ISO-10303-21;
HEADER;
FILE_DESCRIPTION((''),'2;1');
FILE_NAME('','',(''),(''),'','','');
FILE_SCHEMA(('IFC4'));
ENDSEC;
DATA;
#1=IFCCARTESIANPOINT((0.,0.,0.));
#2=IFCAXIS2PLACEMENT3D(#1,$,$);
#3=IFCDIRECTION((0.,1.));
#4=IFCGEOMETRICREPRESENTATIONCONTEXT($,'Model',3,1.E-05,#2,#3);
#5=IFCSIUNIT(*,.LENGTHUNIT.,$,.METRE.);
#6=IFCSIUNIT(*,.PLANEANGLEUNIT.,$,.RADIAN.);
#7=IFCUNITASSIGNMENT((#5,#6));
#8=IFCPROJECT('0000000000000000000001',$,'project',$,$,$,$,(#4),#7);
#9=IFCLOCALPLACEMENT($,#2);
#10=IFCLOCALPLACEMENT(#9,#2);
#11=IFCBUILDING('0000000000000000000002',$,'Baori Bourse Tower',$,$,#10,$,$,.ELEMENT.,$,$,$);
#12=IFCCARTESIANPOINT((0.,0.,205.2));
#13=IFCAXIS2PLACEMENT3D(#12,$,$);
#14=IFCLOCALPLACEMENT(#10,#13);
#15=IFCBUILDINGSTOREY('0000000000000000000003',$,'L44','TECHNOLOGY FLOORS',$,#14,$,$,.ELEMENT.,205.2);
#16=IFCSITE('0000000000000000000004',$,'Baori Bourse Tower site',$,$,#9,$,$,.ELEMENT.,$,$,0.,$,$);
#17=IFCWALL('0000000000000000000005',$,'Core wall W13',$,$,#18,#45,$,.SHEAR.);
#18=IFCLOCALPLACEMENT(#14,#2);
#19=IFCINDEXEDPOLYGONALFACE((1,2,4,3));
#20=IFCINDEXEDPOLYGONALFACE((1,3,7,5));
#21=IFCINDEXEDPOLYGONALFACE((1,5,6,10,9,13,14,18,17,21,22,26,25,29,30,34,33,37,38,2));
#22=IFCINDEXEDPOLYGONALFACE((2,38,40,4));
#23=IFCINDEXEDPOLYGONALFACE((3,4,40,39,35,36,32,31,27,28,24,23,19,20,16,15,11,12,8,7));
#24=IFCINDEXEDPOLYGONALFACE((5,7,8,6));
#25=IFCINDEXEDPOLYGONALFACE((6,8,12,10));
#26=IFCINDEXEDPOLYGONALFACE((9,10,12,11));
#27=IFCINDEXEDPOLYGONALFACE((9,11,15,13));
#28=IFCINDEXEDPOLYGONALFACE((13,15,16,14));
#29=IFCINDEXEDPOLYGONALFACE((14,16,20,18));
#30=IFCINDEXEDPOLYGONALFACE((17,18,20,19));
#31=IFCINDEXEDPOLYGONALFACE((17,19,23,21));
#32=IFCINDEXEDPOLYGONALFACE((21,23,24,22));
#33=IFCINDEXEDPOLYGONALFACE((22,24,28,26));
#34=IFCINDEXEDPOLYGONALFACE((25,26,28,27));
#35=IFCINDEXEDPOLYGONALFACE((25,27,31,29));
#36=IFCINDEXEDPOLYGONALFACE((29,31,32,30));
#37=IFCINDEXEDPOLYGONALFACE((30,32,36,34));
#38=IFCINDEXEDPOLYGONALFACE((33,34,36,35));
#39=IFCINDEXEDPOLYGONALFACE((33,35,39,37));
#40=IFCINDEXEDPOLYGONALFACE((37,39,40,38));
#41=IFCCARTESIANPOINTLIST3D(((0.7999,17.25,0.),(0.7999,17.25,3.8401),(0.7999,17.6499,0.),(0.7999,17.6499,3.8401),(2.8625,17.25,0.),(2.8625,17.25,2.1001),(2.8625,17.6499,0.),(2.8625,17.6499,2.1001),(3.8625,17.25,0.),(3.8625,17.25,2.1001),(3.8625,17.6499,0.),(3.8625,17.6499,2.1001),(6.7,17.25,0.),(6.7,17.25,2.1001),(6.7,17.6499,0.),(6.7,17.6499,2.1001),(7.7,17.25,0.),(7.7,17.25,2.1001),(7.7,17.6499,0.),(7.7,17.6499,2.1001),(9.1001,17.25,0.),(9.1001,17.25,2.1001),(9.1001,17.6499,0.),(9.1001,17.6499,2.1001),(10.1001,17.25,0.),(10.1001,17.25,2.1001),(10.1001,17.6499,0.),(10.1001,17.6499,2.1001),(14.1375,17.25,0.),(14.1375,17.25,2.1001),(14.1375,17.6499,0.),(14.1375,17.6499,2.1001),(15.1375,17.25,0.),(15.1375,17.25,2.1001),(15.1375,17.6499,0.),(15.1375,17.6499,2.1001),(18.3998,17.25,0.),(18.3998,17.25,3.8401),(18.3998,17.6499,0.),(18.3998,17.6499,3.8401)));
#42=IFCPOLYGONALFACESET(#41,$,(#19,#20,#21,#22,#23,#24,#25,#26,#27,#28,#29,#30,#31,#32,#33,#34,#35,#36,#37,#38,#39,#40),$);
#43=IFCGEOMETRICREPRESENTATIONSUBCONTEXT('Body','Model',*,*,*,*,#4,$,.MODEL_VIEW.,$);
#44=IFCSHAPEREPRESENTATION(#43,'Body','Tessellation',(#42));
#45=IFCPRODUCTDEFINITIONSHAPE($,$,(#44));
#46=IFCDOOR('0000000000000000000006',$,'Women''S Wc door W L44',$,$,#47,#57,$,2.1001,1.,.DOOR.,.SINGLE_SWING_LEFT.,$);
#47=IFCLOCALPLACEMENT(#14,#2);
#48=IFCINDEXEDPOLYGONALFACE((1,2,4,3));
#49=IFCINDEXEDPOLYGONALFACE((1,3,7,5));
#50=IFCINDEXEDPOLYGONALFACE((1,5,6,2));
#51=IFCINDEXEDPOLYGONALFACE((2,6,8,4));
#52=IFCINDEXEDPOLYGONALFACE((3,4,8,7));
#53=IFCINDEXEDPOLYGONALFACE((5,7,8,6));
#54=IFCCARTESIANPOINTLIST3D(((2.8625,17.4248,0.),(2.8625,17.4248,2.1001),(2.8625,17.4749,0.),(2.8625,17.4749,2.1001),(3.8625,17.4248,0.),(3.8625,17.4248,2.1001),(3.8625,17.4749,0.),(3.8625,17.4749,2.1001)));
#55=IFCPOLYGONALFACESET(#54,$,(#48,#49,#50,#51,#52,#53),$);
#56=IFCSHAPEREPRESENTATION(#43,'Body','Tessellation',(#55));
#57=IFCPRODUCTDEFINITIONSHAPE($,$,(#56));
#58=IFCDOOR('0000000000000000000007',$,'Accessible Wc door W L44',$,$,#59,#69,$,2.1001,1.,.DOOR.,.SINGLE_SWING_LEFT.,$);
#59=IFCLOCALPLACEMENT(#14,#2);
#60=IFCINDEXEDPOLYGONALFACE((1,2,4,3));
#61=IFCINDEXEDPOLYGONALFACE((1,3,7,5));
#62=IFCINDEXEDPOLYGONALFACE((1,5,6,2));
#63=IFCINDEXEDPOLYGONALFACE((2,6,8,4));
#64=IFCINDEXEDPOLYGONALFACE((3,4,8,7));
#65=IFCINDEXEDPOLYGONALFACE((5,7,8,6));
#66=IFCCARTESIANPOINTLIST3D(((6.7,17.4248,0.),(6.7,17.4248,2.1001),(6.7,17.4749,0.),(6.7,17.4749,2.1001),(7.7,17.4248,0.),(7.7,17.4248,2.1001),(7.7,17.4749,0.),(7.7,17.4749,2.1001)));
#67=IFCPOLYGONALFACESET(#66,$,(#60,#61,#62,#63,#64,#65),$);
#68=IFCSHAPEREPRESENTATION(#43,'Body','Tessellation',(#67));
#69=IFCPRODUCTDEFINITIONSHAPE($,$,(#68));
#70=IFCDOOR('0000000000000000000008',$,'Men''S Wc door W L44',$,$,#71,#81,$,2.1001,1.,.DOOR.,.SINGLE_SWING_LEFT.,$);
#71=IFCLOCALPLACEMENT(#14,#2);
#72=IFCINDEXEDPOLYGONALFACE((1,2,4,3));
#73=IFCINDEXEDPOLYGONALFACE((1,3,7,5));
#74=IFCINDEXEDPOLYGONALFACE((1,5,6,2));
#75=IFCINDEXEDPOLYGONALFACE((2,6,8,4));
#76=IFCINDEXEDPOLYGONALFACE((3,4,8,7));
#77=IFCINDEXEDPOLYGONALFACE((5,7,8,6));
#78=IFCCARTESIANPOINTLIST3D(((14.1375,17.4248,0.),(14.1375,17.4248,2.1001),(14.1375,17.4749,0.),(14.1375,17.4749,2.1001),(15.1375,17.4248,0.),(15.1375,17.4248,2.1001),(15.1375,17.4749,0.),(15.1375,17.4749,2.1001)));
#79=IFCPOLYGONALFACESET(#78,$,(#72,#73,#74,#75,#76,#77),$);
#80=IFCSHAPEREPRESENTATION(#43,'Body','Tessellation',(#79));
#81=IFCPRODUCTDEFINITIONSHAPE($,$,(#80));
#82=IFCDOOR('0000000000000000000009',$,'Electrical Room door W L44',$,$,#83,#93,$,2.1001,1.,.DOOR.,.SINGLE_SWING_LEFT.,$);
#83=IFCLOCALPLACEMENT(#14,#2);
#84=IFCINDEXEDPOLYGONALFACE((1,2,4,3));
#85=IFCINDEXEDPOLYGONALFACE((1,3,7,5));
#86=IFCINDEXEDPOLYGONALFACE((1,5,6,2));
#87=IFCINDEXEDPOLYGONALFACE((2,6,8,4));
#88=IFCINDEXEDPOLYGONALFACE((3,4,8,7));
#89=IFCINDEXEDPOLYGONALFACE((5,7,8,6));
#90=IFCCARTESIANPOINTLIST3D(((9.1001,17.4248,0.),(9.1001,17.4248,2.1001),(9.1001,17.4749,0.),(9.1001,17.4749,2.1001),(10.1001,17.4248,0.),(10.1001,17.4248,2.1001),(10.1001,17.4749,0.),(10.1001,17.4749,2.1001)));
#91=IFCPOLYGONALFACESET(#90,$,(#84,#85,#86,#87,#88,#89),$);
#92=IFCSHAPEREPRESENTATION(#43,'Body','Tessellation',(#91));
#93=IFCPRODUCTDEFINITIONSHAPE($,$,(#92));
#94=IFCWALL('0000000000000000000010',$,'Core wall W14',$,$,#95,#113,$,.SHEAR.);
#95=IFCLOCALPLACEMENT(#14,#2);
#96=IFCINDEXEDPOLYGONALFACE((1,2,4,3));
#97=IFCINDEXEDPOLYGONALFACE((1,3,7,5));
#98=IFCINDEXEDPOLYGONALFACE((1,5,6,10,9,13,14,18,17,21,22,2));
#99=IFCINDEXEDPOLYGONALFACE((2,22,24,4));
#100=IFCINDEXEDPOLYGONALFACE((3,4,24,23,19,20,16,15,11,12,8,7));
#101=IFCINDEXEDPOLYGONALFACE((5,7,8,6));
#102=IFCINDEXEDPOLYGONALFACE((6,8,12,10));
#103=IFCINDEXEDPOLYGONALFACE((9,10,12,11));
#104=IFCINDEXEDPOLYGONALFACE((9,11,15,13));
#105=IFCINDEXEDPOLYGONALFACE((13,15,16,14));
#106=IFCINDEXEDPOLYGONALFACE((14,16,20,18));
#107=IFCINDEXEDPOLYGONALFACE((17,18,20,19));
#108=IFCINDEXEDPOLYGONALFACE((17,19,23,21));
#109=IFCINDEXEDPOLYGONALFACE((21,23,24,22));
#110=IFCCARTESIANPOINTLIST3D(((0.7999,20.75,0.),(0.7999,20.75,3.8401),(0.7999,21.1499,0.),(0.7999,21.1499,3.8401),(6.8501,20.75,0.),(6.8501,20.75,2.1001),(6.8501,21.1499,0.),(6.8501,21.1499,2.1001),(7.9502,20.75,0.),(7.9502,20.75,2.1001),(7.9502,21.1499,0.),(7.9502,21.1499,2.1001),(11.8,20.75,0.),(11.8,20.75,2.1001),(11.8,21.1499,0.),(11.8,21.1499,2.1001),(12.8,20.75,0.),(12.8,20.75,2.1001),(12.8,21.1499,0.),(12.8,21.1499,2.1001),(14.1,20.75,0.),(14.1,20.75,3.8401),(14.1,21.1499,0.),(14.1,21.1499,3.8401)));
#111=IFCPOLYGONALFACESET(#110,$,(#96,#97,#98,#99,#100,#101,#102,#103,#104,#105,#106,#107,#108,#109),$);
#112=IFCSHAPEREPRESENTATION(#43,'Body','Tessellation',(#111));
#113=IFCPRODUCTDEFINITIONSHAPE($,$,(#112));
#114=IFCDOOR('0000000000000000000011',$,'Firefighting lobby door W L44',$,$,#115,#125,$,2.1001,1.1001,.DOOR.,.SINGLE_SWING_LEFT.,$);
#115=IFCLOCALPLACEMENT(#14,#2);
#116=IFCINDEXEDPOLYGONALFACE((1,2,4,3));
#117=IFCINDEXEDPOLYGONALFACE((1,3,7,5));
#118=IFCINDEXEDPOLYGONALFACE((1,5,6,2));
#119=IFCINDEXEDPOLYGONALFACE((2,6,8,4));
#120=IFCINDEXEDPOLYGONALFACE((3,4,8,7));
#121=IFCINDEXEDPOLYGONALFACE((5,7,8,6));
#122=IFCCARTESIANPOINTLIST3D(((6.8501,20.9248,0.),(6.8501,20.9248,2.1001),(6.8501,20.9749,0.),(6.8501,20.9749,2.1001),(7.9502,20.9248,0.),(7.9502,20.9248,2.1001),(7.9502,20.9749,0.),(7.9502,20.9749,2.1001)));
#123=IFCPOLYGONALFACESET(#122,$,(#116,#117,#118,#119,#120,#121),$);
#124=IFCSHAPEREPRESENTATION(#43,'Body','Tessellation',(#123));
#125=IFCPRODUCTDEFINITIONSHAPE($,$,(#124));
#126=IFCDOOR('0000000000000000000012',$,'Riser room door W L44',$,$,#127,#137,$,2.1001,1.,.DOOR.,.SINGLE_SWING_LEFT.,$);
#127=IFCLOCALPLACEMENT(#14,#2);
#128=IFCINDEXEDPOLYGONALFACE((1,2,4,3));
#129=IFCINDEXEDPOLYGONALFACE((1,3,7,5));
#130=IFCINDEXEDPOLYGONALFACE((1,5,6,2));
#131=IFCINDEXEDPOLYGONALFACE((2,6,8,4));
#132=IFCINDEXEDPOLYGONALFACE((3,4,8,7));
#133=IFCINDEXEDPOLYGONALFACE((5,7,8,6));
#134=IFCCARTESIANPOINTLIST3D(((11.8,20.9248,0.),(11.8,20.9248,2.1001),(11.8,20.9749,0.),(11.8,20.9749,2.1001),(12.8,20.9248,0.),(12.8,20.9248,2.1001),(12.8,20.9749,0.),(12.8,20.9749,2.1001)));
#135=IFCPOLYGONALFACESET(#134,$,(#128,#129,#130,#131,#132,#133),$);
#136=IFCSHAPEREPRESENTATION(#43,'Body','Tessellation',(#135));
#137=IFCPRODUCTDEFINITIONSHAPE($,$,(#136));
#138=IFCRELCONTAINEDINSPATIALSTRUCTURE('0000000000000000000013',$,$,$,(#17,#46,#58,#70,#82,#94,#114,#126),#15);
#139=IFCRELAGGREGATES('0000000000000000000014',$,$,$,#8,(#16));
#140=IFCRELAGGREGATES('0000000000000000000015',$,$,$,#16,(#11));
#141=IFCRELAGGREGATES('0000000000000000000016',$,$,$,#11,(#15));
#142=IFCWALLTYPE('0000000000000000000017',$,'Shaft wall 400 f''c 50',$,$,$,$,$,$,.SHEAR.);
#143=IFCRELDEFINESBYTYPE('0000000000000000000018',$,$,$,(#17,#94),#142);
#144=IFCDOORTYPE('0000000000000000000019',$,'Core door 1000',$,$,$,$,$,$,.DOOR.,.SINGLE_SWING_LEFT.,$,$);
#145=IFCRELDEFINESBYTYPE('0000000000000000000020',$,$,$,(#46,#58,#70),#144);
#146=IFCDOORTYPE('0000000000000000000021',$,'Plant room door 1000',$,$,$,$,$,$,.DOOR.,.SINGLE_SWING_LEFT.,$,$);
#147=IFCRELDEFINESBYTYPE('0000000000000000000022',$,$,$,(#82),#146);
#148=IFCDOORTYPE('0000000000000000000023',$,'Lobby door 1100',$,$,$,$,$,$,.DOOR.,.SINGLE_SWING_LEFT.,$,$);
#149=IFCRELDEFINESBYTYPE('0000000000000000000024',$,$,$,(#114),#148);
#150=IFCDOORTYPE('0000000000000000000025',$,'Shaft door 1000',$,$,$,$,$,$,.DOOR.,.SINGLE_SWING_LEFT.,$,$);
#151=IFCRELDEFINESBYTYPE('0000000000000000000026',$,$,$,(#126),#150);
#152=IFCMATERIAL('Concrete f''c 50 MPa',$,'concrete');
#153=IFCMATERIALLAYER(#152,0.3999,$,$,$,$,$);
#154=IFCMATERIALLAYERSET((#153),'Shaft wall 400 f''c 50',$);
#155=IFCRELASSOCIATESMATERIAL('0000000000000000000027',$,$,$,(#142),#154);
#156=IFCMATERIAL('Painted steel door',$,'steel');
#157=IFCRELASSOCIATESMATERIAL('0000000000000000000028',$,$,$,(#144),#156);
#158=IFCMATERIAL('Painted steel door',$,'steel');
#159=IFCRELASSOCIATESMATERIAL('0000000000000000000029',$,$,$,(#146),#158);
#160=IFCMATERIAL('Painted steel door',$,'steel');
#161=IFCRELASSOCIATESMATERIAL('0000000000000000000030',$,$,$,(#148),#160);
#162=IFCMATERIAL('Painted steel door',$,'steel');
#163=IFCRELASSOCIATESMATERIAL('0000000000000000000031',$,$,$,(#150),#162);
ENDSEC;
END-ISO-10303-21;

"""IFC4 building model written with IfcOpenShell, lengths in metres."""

from ifc_helpers import new_model, si_unit, direction, frame, frame_2d, origin, place, context, subcontext, project, spatial, rectangle, extrude, material, layer, layer_set, type_object, element, fill, save


model = new_model("IFC4")

# Units and contexts
model_context = context("Model", 3, precision=1e-05, world=origin(), true_north=direction((0.0, 1.0)))
body_context = subcontext(model_context, "Body", "Model", "MODEL_VIEW")
ifc_project = project(units=[si_unit("LENGTHUNIT", "METRE"), si_unit("PLANEANGLEUNIT", "RADIAN")], contexts=[model_context])

# Site, building, storey
site_placement = place(None, origin())
site = spatial("IfcSite", under=ifc_project, at=site_placement, Name="Baori Bourse Tower site", CompositionType="ELEMENT", RefElevation=0.0)
building_placement = place(site_placement, origin())
building = spatial("IfcBuilding", under=site, at=building_placement, Name="Baori Bourse Tower", CompositionType="ELEMENT")
storey_placement = place(building_placement, frame((0.0, 0.0, 205.2)))
storey = spatial("IfcBuildingStorey", under=building, at=storey_placement, Name="L44", Description="TECHNOLOGY FLOORS", CompositionType="ELEMENT", Elevation=205.2)

# Shared definitions
ifc_material_1 = material(Name="Concrete f'c 50 MPa", Category="concrete")
ifc_layer_1 = layer(ifc_material_1, 0.3999)
ifc_layer_set_1 = layer_set([ifc_layer_1], Name="Shaft wall 400 f'c 50")
wall_type_1 = type_object("IfcWallType", Name="Shaft wall 400 f'c 50", PredefinedType="SHEAR", material=ifc_layer_set_1)

# Walls, openings, doors
wall_1_placement = place(storey_placement, frame((0.8, 17.45, 0.0), z_axis=(0.0, 0.0, 1.0), x_axis=(1.0, 0.0, 0.0)))
wall_1 = element("IfcWall", 1, at=wall_1_placement, inside=storey, type_object=wall_type_1, Name="Core wall W13", PredefinedType="SHEAR", context=body_context, shape_type="SweptSolid", body=[
    extrude(rectangle(XDim=17.5999, YDim=0.3999, at=frame_2d((8.7998, 0.0))), origin(), (0.0, 0.0, 1.0), 3.8401),
])
opening_1_placement = place(wall_1_placement, frame((2.0625, 0.0, 0.0)))
opening_1 = element("IfcOpeningElement", 2, at=opening_1_placement, cuts=wall_1, PredefinedType="OPENING", context=body_context, shape_type="SweptSolid", body=[
    extrude(rectangle(XDim=1.0, YDim=2.1001, at=frame_2d((0.5, 1.05))), frame((0.0, 0.21, 0.0), z_axis=(0.0, -1.0, 0.0), x_axis=(1.0, 0.0, 0.0)), (0.0, 0.0, 1.0), 0.4199),
])
opening_2_placement = place(wall_1_placement, frame((5.8999, 0.0, 0.0)))
opening_2 = element("IfcOpeningElement", 3, at=opening_2_placement, cuts=wall_1, PredefinedType="OPENING", context=body_context, shape_type="SweptSolid", body=[
    extrude(rectangle(XDim=1.0, YDim=2.1001, at=frame_2d((0.5, 1.05))), frame((0.0, 0.21, 0.0), z_axis=(0.0, -1.0, 0.0), x_axis=(1.0, 0.0, 0.0)), (0.0, 0.0, 1.0), 0.4199),
])
opening_3_placement = place(wall_1_placement, frame((8.3, 0.0, 0.0)))
opening_3 = element("IfcOpeningElement", 4, at=opening_3_placement, cuts=wall_1, PredefinedType="OPENING", context=body_context, shape_type="SweptSolid", body=[
    extrude(rectangle(XDim=1.0, YDim=2.1001, at=frame_2d((0.5, 1.05))), frame((0.0, 0.21, 0.0), z_axis=(0.0, -1.0, 0.0), x_axis=(1.0, 0.0, 0.0)), (0.0, 0.0, 1.0), 0.4199),
])
opening_4_placement = place(wall_1_placement, frame((13.3374, 0.0, 0.0)))
opening_4 = element("IfcOpeningElement", 5, at=opening_4_placement, cuts=wall_1, PredefinedType="OPENING", context=body_context, shape_type="SweptSolid", body=[
    extrude(rectangle(XDim=1.0, YDim=2.1001, at=frame_2d((0.5, 1.05))), frame((0.0, 0.21, 0.0), z_axis=(0.0, -1.0, 0.0), x_axis=(1.0, 0.0, 0.0)), (0.0, 0.0, 1.0), 0.4199),
])
ifc_material_2 = material(Name="Painted steel door", Category="steel")
door_type_1 = type_object("IfcDoorType", Name="Core door 1000", OperationType="SINGLE_SWING_LEFT", PredefinedType="DOOR", material=ifc_material_2)
door_1_placement = place(opening_1_placement, origin())
door_1 = element("IfcDoor", 6, at=door_1_placement, inside=storey, type_object=door_type_1, Name="Women'S Wc door W L44", OperationType="SINGLE_SWING_LEFT", OverallHeight=2.1001, OverallWidth=1.0, PredefinedType="DOOR", context=body_context, shape_type="SweptSolid", body=[
    extrude(rectangle(XDim=1.0, YDim=2.1001, at=frame_2d((0.5, 1.05))), frame((0.0, 0.0249, 0.0), z_axis=(0.0, -1.0, 0.0), x_axis=(1.0, 0.0, 0.0)), (0.0, 0.0, 1.0), 0.05),
])
fill(opening_1, door_1)
door_2_placement = place(opening_2_placement, origin())
door_2 = element("IfcDoor", 7, at=door_2_placement, inside=storey, type_object=door_type_1, Name="Accessible Wc door W L44", OperationType="SINGLE_SWING_LEFT", OverallHeight=2.1001, OverallWidth=1.0, PredefinedType="DOOR", context=body_context, shape_type="SweptSolid", body=[
    extrude(rectangle(XDim=1.0, YDim=2.1001, at=frame_2d((0.5, 1.05))), frame((0.0, 0.0249, 0.0), z_axis=(0.0, -1.0, 0.0), x_axis=(1.0, 0.0, 0.0)), (0.0, 0.0, 1.0), 0.05),
])
fill(opening_2, door_2)
door_3_placement = place(opening_4_placement, origin())
door_3 = element("IfcDoor", 8, at=door_3_placement, inside=storey, type_object=door_type_1, Name="Men'S Wc door W L44", OperationType="SINGLE_SWING_LEFT", OverallHeight=2.1001, OverallWidth=1.0, PredefinedType="DOOR", context=body_context, shape_type="SweptSolid", body=[
    extrude(rectangle(XDim=1.0, YDim=2.1001, at=frame_2d((0.5, 1.05))), frame((0.0, 0.0249, 0.0), z_axis=(0.0, -1.0, 0.0), x_axis=(1.0, 0.0, 0.0)), (0.0, 0.0, 1.0), 0.05),
])
fill(opening_4, door_3)
ifc_material_3 = material(Name="Painted steel door", Category="steel")
door_type_2 = type_object("IfcDoorType", Name="Plant room door 1000", OperationType="SINGLE_SWING_LEFT", PredefinedType="DOOR", material=ifc_material_3)
door_4_placement = place(opening_3_placement, origin())
door_4 = element("IfcDoor", 9, at=door_4_placement, inside=storey, type_object=door_type_2, Name="Electrical Room door W L44", OperationType="SINGLE_SWING_LEFT", OverallHeight=2.1001, OverallWidth=1.0, PredefinedType="DOOR", context=body_context, shape_type="SweptSolid", body=[
    extrude(rectangle(XDim=1.0, YDim=2.1001, at=frame_2d((0.5, 1.05))), frame((0.0, 0.0249, 0.0), z_axis=(0.0, -1.0, 0.0), x_axis=(1.0, 0.0, 0.0)), (0.0, 0.0, 1.0), 0.05),
])
fill(opening_3, door_4)
wall_2_placement = place(storey_placement, frame((0.8, 20.95, 0.0), z_axis=(0.0, 0.0, 1.0), x_axis=(1.0, 0.0, 0.0)))
wall_2 = element("IfcWall", 10, at=wall_2_placement, inside=storey, type_object=wall_type_1, Name="Core wall W14", PredefinedType="SHEAR", context=body_context, shape_type="SweptSolid", body=[
    extrude(rectangle(XDim=13.3, YDim=0.3999, at=frame_2d((6.6499, 0.0))), origin(), (0.0, 0.0, 1.0), 3.8401),
])
opening_5_placement = place(wall_2_placement, frame((6.05, 0.0, 0.0)))
opening_5 = element("IfcOpeningElement", 11, at=opening_5_placement, cuts=wall_2, PredefinedType="OPENING", context=body_context, shape_type="SweptSolid", body=[
    extrude(rectangle(XDim=1.1001, YDim=2.1001, at=frame_2d((0.55, 1.05))), frame((0.0, 0.21, 0.0), z_axis=(0.0, -1.0, 0.0), x_axis=(1.0, 0.0, 0.0)), (0.0, 0.0, 1.0), 0.4199),
])
opening_6_placement = place(wall_2_placement, frame((11.0, 0.0, 0.0)))
opening_6 = element("IfcOpeningElement", 12, at=opening_6_placement, cuts=wall_2, PredefinedType="OPENING", context=body_context, shape_type="SweptSolid", body=[
    extrude(rectangle(XDim=1.0, YDim=2.1001, at=frame_2d((0.5, 1.05))), frame((0.0, 0.21, 0.0), z_axis=(0.0, -1.0, 0.0), x_axis=(1.0, 0.0, 0.0)), (0.0, 0.0, 1.0), 0.4199),
])
ifc_material_4 = material(Name="Painted steel door", Category="steel")
door_type_3 = type_object("IfcDoorType", Name="Lobby door 1100", OperationType="SINGLE_SWING_LEFT", PredefinedType="DOOR", material=ifc_material_4)
door_5_placement = place(opening_5_placement, origin())
door_5 = element("IfcDoor", 13, at=door_5_placement, inside=storey, type_object=door_type_3, Name="Firefighting lobby door W L44", OperationType="SINGLE_SWING_LEFT", OverallHeight=2.1001, OverallWidth=1.1001, PredefinedType="DOOR", context=body_context, shape_type="SweptSolid", body=[
    extrude(rectangle(XDim=1.1001, YDim=2.1001, at=frame_2d((0.55, 1.05))), frame((0.0, 0.0249, 0.0), z_axis=(0.0, -1.0, 0.0), x_axis=(1.0, 0.0, 0.0)), (0.0, 0.0, 1.0), 0.05),
])
fill(opening_5, door_5)
ifc_material_5 = material(Name="Painted steel door", Category="steel")
door_type_4 = type_object("IfcDoorType", Name="Shaft door 1000", OperationType="SINGLE_SWING_LEFT", PredefinedType="DOOR", material=ifc_material_5)
door_6_placement = place(opening_6_placement, origin())
door_6 = element("IfcDoor", 14, at=door_6_placement, inside=storey, type_object=door_type_4, Name="Riser room door W L44", OperationType="SINGLE_SWING_LEFT", OverallHeight=2.1001, OverallWidth=1.0, PredefinedType="DOOR", context=body_context, shape_type="SweptSolid", body=[
    extrude(rectangle(XDim=1.0, YDim=2.1001, at=frame_2d((0.5, 1.05))), frame((0.0, 0.0249, 0.0), z_axis=(0.0, -1.0, 0.0), x_axis=(1.0, 0.0, 0.0)), (0.0, 0.0, 1.0), 0.05),
])
fill(opening_6, door_6)

save(model, "model.ifc")
